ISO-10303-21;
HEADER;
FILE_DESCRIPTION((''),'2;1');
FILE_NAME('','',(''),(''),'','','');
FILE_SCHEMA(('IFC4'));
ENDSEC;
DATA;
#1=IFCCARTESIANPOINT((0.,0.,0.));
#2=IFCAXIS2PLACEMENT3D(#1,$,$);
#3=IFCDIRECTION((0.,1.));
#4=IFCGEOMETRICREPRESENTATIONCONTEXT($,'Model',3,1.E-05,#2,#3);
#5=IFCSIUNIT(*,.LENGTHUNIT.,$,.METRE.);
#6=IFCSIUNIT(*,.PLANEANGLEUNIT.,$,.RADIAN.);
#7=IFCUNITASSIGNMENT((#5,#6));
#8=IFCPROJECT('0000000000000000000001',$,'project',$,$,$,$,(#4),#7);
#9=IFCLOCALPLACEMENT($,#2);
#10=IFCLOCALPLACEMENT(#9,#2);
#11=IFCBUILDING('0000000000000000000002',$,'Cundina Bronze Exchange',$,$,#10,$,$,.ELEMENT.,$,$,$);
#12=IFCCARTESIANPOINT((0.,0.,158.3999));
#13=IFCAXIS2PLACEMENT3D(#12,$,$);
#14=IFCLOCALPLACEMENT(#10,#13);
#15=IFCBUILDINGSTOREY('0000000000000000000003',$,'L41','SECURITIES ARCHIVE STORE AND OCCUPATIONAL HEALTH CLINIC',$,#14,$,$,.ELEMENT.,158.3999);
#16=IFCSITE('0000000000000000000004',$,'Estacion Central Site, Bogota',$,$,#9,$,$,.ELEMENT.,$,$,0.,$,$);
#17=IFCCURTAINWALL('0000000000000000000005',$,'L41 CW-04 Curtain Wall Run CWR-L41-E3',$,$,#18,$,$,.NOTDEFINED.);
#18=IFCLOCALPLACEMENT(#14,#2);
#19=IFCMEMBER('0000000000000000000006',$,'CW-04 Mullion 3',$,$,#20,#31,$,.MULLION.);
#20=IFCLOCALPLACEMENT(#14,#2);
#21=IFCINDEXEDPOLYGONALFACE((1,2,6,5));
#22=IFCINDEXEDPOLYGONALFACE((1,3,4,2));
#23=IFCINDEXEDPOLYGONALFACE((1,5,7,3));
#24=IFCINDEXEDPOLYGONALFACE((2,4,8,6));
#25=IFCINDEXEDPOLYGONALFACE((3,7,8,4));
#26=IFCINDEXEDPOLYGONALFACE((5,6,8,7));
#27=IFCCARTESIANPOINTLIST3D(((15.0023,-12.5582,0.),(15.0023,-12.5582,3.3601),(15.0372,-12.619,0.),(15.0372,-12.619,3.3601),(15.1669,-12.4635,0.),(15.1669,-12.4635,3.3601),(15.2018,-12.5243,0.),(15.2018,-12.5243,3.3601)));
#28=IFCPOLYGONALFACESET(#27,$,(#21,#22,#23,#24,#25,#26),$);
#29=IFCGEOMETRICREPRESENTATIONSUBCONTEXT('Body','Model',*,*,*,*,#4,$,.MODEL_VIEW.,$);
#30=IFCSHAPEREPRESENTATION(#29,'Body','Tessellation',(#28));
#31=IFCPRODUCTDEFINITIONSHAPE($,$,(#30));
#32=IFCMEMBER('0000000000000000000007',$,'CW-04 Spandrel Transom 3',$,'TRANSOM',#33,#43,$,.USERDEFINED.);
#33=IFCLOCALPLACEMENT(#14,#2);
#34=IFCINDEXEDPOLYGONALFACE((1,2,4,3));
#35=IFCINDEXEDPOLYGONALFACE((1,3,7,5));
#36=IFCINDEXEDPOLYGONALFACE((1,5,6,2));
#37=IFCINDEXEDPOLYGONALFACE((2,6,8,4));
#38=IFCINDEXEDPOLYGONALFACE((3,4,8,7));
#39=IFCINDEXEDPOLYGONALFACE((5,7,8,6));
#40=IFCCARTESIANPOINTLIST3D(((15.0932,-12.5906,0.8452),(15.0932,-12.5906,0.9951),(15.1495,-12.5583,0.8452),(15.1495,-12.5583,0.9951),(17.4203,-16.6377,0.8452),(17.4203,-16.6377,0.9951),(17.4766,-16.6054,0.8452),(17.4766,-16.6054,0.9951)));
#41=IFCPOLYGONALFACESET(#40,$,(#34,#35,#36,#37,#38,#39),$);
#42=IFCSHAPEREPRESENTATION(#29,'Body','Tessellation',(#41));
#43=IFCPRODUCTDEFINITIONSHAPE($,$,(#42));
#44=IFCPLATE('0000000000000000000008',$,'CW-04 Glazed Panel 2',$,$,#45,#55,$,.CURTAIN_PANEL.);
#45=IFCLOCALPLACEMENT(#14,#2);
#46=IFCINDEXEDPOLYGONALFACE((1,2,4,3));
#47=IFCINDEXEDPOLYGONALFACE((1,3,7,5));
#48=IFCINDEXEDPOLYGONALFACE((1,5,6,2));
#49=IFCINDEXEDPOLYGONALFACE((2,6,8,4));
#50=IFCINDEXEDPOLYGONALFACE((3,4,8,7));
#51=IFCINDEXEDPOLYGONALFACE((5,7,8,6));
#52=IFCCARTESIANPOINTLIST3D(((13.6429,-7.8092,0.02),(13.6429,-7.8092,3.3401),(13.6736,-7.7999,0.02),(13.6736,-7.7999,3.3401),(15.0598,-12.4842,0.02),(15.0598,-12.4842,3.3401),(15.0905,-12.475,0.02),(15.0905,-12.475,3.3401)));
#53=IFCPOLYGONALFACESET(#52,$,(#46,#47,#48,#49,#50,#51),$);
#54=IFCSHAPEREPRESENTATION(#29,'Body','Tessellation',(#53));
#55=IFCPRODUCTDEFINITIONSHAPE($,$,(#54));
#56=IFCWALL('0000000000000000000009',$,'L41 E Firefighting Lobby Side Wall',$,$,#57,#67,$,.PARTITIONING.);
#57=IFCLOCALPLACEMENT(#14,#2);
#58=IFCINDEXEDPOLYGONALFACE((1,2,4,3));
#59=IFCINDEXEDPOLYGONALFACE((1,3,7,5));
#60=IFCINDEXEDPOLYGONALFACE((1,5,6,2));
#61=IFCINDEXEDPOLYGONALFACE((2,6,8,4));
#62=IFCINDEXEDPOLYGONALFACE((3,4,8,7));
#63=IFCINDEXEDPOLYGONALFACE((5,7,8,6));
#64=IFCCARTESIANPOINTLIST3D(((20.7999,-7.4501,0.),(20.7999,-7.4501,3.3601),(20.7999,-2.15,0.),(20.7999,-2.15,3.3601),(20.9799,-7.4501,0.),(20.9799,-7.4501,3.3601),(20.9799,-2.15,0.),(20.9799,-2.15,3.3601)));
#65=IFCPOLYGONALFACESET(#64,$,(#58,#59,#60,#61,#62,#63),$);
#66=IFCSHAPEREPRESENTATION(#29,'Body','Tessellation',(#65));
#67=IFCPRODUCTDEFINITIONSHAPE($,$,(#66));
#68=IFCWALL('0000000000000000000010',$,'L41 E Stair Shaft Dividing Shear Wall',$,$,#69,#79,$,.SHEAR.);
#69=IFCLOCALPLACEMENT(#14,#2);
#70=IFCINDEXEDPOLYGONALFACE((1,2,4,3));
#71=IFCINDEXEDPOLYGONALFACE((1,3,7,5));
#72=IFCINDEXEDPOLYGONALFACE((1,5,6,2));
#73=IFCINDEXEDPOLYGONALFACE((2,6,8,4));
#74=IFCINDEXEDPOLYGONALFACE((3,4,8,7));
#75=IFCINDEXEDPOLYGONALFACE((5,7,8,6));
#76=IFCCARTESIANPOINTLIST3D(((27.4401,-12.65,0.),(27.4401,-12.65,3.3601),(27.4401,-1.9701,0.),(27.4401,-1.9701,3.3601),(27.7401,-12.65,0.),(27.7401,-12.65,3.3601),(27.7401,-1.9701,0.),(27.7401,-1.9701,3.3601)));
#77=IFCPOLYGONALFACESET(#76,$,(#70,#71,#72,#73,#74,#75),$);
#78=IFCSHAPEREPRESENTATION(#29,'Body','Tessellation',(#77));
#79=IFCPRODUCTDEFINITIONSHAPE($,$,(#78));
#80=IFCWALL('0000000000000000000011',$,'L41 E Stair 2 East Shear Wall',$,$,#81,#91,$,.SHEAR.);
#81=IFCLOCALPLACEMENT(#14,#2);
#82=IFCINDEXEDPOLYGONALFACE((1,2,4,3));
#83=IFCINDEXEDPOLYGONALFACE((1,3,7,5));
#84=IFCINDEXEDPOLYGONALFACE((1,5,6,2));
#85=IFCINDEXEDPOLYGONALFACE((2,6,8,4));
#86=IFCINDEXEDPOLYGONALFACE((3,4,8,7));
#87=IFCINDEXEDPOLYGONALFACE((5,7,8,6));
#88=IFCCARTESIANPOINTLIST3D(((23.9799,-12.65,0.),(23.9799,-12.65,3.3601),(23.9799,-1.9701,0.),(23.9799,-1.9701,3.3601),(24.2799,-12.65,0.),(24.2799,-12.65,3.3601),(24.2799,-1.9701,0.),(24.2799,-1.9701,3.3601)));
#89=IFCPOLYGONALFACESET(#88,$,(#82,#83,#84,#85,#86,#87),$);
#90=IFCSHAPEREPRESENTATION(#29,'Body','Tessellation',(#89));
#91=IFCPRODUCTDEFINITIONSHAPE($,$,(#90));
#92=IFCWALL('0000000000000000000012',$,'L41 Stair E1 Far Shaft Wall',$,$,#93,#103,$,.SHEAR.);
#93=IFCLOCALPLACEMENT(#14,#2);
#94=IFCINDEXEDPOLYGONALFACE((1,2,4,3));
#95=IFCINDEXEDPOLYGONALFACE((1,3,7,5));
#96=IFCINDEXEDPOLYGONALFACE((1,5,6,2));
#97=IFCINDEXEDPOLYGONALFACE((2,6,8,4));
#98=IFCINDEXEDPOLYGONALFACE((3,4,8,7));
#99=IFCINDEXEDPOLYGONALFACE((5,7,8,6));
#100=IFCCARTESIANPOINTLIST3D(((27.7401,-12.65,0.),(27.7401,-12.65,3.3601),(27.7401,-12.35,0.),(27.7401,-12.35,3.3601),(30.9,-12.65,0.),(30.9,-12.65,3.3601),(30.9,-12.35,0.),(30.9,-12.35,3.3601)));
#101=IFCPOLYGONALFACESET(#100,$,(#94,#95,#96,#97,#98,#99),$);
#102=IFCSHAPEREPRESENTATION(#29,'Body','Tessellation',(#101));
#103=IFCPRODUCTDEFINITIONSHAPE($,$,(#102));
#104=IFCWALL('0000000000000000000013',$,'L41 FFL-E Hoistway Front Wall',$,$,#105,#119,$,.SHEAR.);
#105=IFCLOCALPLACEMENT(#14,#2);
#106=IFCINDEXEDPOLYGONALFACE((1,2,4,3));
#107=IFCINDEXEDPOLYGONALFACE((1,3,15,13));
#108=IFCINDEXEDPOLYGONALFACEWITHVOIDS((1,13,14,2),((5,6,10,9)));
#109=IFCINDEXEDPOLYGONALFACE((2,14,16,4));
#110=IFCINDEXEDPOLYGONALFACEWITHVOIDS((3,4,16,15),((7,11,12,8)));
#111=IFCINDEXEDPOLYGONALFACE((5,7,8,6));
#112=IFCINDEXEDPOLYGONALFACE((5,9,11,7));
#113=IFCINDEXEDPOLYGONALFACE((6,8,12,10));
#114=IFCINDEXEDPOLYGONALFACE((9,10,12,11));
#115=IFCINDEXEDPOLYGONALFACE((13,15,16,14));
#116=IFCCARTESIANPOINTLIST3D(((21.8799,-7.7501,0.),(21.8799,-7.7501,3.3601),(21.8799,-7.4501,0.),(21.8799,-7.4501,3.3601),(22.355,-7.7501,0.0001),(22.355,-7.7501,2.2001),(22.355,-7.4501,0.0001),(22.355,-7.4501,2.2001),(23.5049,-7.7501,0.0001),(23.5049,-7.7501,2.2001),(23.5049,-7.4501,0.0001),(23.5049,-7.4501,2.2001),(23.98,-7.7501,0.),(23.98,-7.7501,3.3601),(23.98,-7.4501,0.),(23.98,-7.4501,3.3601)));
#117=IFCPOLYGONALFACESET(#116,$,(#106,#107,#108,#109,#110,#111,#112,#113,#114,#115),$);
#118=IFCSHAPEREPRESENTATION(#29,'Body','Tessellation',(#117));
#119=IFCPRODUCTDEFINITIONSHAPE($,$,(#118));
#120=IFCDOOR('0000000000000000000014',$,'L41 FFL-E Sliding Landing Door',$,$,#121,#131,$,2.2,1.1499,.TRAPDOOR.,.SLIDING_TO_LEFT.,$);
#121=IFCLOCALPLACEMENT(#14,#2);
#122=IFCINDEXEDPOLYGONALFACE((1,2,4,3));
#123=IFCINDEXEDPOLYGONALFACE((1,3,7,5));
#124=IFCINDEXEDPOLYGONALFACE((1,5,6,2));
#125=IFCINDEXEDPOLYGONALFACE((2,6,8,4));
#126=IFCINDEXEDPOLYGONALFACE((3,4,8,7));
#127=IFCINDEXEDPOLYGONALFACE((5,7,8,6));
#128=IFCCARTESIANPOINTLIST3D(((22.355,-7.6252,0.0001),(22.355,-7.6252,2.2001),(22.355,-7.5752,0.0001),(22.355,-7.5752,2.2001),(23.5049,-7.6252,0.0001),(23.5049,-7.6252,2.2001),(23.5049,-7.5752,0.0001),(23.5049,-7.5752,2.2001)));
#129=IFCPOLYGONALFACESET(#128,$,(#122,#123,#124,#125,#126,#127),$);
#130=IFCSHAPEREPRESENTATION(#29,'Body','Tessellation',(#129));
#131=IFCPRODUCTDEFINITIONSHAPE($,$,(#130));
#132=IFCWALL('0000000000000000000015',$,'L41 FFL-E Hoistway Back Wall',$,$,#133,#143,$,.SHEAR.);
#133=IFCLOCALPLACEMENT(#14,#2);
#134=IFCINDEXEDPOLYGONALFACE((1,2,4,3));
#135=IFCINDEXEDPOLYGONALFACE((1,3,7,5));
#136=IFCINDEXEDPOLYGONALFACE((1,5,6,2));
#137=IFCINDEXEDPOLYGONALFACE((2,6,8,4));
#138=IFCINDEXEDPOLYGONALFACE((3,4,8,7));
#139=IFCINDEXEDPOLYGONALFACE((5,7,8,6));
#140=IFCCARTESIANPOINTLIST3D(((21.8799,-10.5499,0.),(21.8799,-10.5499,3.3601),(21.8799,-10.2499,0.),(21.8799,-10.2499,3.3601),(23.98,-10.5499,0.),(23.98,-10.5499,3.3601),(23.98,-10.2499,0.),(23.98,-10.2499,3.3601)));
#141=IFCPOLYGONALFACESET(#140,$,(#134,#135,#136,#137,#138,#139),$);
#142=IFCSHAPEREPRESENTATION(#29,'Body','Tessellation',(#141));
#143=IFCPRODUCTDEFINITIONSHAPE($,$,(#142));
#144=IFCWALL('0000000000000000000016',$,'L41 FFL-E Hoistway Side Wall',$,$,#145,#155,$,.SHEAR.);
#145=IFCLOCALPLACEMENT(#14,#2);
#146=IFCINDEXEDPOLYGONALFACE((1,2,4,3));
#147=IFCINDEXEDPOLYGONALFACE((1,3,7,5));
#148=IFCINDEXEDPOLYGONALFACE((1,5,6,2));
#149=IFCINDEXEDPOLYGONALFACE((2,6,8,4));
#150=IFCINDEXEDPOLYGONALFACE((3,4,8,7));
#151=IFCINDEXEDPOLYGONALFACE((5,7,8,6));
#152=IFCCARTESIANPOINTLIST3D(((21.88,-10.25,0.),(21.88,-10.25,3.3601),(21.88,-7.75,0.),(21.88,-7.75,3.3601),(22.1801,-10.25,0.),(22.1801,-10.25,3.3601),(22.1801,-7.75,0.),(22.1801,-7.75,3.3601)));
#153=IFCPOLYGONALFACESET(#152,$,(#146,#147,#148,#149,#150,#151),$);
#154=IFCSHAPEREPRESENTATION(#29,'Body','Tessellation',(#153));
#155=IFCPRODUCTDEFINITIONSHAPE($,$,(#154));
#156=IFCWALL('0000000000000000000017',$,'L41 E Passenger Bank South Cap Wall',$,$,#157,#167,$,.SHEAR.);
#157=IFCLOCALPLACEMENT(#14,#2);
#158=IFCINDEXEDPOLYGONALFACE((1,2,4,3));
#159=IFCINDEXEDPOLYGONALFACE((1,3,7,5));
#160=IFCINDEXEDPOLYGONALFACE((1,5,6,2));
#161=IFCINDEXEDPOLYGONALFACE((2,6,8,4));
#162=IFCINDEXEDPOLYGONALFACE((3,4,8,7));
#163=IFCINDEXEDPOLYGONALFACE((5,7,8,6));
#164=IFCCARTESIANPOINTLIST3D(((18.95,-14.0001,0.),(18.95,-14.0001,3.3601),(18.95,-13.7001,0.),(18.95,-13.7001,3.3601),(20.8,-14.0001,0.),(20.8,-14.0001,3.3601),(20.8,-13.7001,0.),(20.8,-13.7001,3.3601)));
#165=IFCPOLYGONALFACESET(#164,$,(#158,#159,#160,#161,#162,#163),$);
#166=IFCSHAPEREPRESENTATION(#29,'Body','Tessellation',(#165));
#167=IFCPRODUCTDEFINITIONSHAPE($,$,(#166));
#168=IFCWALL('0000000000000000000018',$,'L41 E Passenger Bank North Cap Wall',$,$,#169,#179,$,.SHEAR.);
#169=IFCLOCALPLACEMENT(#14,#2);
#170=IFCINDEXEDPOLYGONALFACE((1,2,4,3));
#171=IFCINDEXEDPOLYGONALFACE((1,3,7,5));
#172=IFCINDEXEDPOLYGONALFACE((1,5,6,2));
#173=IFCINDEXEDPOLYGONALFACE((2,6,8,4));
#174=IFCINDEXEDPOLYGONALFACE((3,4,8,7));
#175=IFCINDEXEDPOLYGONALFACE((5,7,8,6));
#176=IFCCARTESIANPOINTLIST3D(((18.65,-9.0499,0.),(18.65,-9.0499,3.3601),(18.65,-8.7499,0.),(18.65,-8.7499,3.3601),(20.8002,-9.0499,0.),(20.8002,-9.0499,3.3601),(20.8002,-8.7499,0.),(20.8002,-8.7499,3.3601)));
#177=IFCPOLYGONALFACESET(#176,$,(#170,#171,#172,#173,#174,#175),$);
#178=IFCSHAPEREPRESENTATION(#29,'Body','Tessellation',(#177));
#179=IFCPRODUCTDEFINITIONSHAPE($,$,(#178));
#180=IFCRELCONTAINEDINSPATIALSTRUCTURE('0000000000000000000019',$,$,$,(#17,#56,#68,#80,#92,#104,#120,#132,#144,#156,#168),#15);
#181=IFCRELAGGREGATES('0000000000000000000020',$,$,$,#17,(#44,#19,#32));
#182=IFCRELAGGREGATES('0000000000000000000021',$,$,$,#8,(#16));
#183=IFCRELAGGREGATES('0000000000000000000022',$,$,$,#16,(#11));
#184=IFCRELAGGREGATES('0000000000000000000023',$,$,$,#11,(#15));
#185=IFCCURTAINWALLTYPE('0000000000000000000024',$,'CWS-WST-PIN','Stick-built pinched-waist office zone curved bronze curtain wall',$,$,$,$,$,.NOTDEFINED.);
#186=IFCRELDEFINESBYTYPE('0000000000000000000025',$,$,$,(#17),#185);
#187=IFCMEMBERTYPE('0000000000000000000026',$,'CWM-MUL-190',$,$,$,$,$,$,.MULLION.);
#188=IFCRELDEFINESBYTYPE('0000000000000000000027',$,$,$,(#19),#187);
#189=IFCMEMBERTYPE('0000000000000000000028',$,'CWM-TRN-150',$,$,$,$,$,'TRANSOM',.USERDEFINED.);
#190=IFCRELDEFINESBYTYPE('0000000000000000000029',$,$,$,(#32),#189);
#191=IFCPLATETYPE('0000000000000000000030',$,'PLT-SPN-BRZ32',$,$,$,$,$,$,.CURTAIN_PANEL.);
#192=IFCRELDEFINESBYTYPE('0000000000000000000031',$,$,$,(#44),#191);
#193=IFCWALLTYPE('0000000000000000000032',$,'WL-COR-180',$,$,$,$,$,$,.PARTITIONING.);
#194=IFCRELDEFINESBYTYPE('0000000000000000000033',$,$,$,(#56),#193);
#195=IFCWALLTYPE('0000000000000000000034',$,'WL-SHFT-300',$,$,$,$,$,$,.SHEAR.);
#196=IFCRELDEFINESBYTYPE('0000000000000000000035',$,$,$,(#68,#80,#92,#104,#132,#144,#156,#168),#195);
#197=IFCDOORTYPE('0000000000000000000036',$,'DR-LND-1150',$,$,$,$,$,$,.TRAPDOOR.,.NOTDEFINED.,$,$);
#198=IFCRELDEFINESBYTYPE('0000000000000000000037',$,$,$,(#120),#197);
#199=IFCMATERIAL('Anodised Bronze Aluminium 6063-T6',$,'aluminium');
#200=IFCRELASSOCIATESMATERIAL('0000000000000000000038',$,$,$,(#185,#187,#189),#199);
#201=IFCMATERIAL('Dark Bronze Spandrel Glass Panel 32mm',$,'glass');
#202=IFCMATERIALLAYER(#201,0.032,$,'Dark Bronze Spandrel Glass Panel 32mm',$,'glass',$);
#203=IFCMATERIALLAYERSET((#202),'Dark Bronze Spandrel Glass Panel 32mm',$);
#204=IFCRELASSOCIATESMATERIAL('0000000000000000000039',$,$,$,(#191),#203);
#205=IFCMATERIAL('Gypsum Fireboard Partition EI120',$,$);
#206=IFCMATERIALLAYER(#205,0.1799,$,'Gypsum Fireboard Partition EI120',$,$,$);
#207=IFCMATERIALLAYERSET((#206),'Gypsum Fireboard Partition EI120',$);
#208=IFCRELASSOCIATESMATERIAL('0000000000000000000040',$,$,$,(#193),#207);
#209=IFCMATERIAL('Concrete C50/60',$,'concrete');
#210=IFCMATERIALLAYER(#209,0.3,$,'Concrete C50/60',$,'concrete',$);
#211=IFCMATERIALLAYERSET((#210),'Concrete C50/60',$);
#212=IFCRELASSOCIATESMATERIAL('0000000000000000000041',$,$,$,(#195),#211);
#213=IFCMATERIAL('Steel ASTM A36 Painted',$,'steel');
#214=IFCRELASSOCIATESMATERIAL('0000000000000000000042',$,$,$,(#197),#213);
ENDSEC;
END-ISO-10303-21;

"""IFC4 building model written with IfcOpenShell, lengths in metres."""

from ifc_helpers import new_model, si_unit, direction, frame, frame_2d, origin, origin_2d, place, context, subcontext, project, spatial, rectangle, extrude, material, layer, layer_set, material_profile, profile_set, type_object, element, fill, aggregate, save


model = new_model("IFC4")

# Units and contexts
model_context = context("Model", 3, precision=1e-05, world=origin(), true_north=direction((0.0, 1.0)))
body_context = subcontext(model_context, "Body", "Model", "MODEL_VIEW")
ifc_project = project(units=[si_unit("LENGTHUNIT", "METRE"), si_unit("PLANEANGLEUNIT", "RADIAN")], contexts=[model_context])

# Site, building, storey
site_placement = place(None, origin())
site = spatial("IfcSite", under=ifc_project, at=site_placement, Name="Estacion Central Site, Bogota", CompositionType="ELEMENT", RefElevation=0.0)
building_placement = place(site_placement, origin())
building = spatial("IfcBuilding", under=site, at=building_placement, Name="Cundina Bronze Exchange", CompositionType="ELEMENT")
storey_placement = place(building_placement, frame((0.0, 0.0, 158.3999)))
storey = spatial("IfcBuildingStorey", under=building, at=storey_placement, Name="L41", Description="SECURITIES ARCHIVE STORE AND OCCUPATIONAL HEALTH CLINIC", CompositionType="ELEMENT", Elevation=158.3999)

# Shared definitions
ifc_material_1 = material(Name="Concrete C50/60", Category="concrete")

# Curtain wall, members, plate
ifc_material_2 = material(Name="Anodised Bronze Aluminium 6063-T6", Category="aluminium")
curtain_wall_type = type_object("IfcCurtainWallType", Name="CWS-WST-PIN", Description="Stick-built pinched-waist office zone curved bronze curtain wall", PredefinedType="NOTDEFINED", material=ifc_material_2)
curtain_wall_placement = place(storey_placement, origin())
curtain_wall = element("IfcCurtainWall", 1, at=curtain_wall_placement, inside=storey, type_object=curtain_wall_type, Name="L41 CW-04 Curtain Wall Run CWR-L41-E3", PredefinedType="NOTDEFINED")
ifc_material_profile_1 = material_profile(ifc_material_2, rectangle(XDim=0.0701, YDim=0.1899, at=origin_2d()), Name="AL70X190", Category="aluminium")
ifc_profile_set_1 = profile_set([ifc_material_profile_1], Name="Anodised Bronze Aluminium 6063-T6")
member_type_1 = type_object("IfcMemberType", Name="CWM-MUL-190", PredefinedType="MULLION", material=ifc_profile_set_1)
member_1_placement = place(storey_placement, frame((15.1021, -12.5413, 0.0), z_axis=(0.0, 0.0, 1.0), x_axis=(0.498488, -0.866897, 0.0)))
member_1 = element("IfcMember", 2, at=member_1_placement, type_object=member_type_1, Name="CW-04 Mullion 3", PredefinedType="MULLION", context=body_context, shape_type="SweptSolid", body=[
    extrude(rectangle(XDim=0.0701, YDim=0.1899, at=origin_2d()), origin(), (0.0, 0.0, 1.0), 3.3601),
])
ifc_material_profile_2 = material_profile(ifc_material_2, rectangle(XDim=0.0649, YDim=0.1499, at=origin_2d()), Name="AL65X150", Category="aluminium")
ifc_profile_set_2 = profile_set([ifc_material_profile_2], Name="Anodised Bronze Aluminium 6063-T6")
member_type_2 = type_object("IfcMemberType", Name="CWM-TRN-150", ElementType="TRANSOM", PredefinedType="USERDEFINED", material=ifc_profile_set_2)
member_2_placement = place(storey_placement, frame((15.1213, -12.5745, 0.9202), z_axis=(0.49848, -0.866901, 0.0), x_axis=(0.866901, 0.49848, 0.0)))
member_2 = element("IfcMember", 3, at=member_2_placement, type_object=member_type_2, Name="CW-04 Spandrel Transom 3", ObjectType="TRANSOM", PredefinedType="USERDEFINED", context=body_context, shape_type="SweptSolid", body=[
    extrude(rectangle(XDim=0.0649, YDim=0.1499, at=origin_2d()), origin(), (0.0, 0.0, 1.0), 4.6685),
])
ifc_material_3 = material(Name="Dark Bronze Spandrel Glass Panel 32mm", Category="glass")
ifc_layer_1 = layer(ifc_material_3, 0.032, Name="Dark Bronze Spandrel Glass Panel 32mm", Category="glass")
ifc_layer_set_1 = layer_set([ifc_layer_1], Name="Dark Bronze Spandrel Glass Panel 32mm")
plate_type = type_object("IfcPlateType", Name="PLT-SPN-BRZ32", PredefinedType="CURTAIN_PANEL", material=ifc_layer_set_1)
plate_placement = place(storey_placement, frame((14.3667, -10.1421, 0.02), z_axis=(0.0, 0.0, 1.0), x_axis=(0.290051, -0.957011, 0.0)))
plate = element("IfcPlate", 4, at=plate_placement, type_object=plate_type, Name="CW-04 Glazed Panel 2", PredefinedType="CURTAIN_PANEL", context=body_context, shape_type="SweptSolid", body=[
    extrude(rectangle(XDim=4.885, YDim=0.032, at=origin_2d()), origin(), (0.0, 0.0, 1.0), 3.3201),
])
aggregate(curtain_wall, [plate, member_1, member_2])

# Walls
ifc_material_4 = material(Name="Gypsum Fireboard Partition EI120")
ifc_layer_2 = layer(ifc_material_4, 0.1799, Name="Gypsum Fireboard Partition EI120")
ifc_layer_set_2 = layer_set([ifc_layer_2], Name="Gypsum Fireboard Partition EI120")
wall_type_1 = type_object("IfcWallType", Name="WL-COR-180", PredefinedType="PARTITIONING", material=ifc_layer_set_2)
wall_1_placement = place(storey_placement, frame((20.8899, -7.45, 0.0), z_axis=(0.0, 0.0, 1.0), x_axis=(0.0, 1.0, 0.0)))
element("IfcWall", 5, at=wall_1_placement, inside=storey, type_object=wall_type_1, Name="L41 E Firefighting Lobby Side Wall", PredefinedType="PARTITIONING", context=body_context, shape_type="SweptSolid", body=[
    extrude(rectangle(XDim=5.3, YDim=0.1799, at=frame_2d((2.6499, 0.0))), origin(), (0.0, 0.0, 1.0), 3.3601),
])
ifc_layer_3 = layer(ifc_material_1, 0.3, Name="Concrete C50/60", Category="concrete")
ifc_layer_set_3 = layer_set([ifc_layer_3], Name="Concrete C50/60")
wall_type_2 = type_object("IfcWallType", Name="WL-SHFT-300", PredefinedType="SHEAR", material=ifc_layer_set_3)
for number, where, z_axis, x_axis, name in (
    (6, (27.5901, -12.6499, 0.0), (0.0, 0.0, 1.0), (0.0, 1.0, 0.0), "L41 E Stair Shaft Dividing Shear Wall"),
    (7, (24.1299, -12.6499, 0.0), (0.0, 0.0, 1.0), (0.0, 1.0, 0.0), "L41 E Stair 2 East Shear Wall"),
):
    element("IfcWall", number, at=place(storey_placement, frame(where, z_axis=z_axis, x_axis=x_axis)), inside=storey, type_object=wall_type_2, Name=name, PredefinedType="SHEAR", context=body_context, shape_type="SweptSolid", body=[
        extrude(rectangle(XDim=10.6799, YDim=0.3, at=frame_2d((5.3398, 0.0))), origin(), (0.0, 0.0, 1.0), 3.3601),
    ])
wall_2_placement = place(storey_placement, frame((27.74, -12.5, 0.0), z_axis=(0.0, 0.0, 1.0), x_axis=(1.0, 0.0, 0.0)))
element("IfcWall", 8, at=wall_2_placement, inside=storey, type_object=wall_type_2, Name="L41 Stair E1 Far Shaft Wall", PredefinedType="SHEAR", context=body_context, shape_type="SweptSolid", body=[
    extrude(rectangle(XDim=3.1599, YDim=0.3, at=frame_2d((1.5801, 0.0))), origin(), (0.0, 0.0, 1.0), 3.3601),
])

# Wall, opening, door
ifc_material_5 = material(Name="Steel ASTM A36 Painted", Category="steel")
wall_3_placement = place(storey_placement, frame((21.8799, -7.6001, 0.0), z_axis=(0.0, 0.0, 1.0), x_axis=(1.0, 0.0, 0.0)))
wall_3 = element("IfcWall", 9, at=wall_3_placement, inside=storey, type_object=wall_type_2, Name="L41 FFL-E Hoistway Front Wall", PredefinedType="SHEAR", context=body_context, shape_type="SweptSolid", body=[
    extrude(rectangle(XDim=2.1001, YDim=0.3, at=frame_2d((1.05, 0.0))), origin(), (0.0, 0.0, 1.0), 3.3601),
])
opening_1_placement = place(wall_3_placement, frame((0.4751, 0.0, 0.0)))
opening_1 = element("IfcOpeningElement", 10, at=opening_1_placement, cuts=wall_3, PredefinedType="OPENING", context=body_context, shape_type="SweptSolid", body=[
    extrude(rectangle(XDim=1.1499, YDim=2.2, at=frame_2d((0.575, 1.1001))), frame((0.0, 0.1599, 0.0), z_axis=(0.0, -1.0, 0.0), x_axis=(1.0, 0.0, 0.0)), (0.0, 0.0, 1.0), 0.3201),
])
door_type_1 = type_object("IfcDoorType", Name="DR-LND-1150", OperationType="NOTDEFINED", PredefinedType="TRAPDOOR", material=ifc_material_5)
door_1_placement = place(opening_1_placement, origin())
door_1 = element("IfcDoor", 11, at=door_1_placement, inside=storey, type_object=door_type_1, Name="L41 FFL-E Sliding Landing Door", OperationType="SLIDING_TO_LEFT", OverallHeight=2.2, OverallWidth=1.1499, PredefinedType="TRAPDOOR", context=body_context, shape_type="SweptSolid", body=[
    extrude(rectangle(XDim=1.1499, YDim=2.2, at=frame_2d((0.575, 1.1001))), frame((0.0, 0.0249, 0.0), z_axis=(0.0, -1.0, 0.0), x_axis=(1.0, 0.0, 0.0)), (0.0, 0.0, 1.0), 0.05),
])
fill(opening_1, door_1)

# Walls
wall_4_placement = place(storey_placement, frame((21.8799, -10.3999, 0.0), z_axis=(0.0, 0.0, 1.0), x_axis=(1.0, 0.0, 0.0)))
element("IfcWall", 12, at=wall_4_placement, inside=storey, type_object=wall_type_2, Name="L41 FFL-E Hoistway Back Wall", PredefinedType="SHEAR", context=body_context, shape_type="SweptSolid", body=[
    extrude(rectangle(XDim=2.1001, YDim=0.3, at=frame_2d((1.05, 0.0))), origin(), (0.0, 0.0, 1.0), 3.3601),
])
wall_5_placement = place(storey_placement, frame((22.03, -10.25, 0.0), z_axis=(0.0, 0.0, 1.0), x_axis=(0.0, 1.0, 0.0)))
element("IfcWall", 13, at=wall_5_placement, inside=storey, type_object=wall_type_2, Name="L41 FFL-E Hoistway Side Wall", PredefinedType="SHEAR", context=body_context, shape_type="SweptSolid", body=[
    extrude(rectangle(XDim=2.5, YDim=0.3, at=frame_2d((1.25, 0.0))), origin(), (0.0, 0.0, 1.0), 3.3601),
])
wall_6_placement = place(storey_placement, frame((18.95, -13.8501, 0.0), z_axis=(0.0, 0.0, 1.0), x_axis=(1.0, 0.0, 0.0)))
element("IfcWall", 14, at=wall_6_placement, inside=storey, type_object=wall_type_2, Name="L41 E Passenger Bank South Cap Wall", PredefinedType="SHEAR", context=body_context, shape_type="SweptSolid", body=[
    extrude(rectangle(XDim=1.8501, YDim=0.3, at=frame_2d((0.925, 0.0))), origin(), (0.0, 0.0, 1.0), 3.3601),
])
wall_7_placement = place(storey_placement, frame((18.6499, -8.8999, 0.0), z_axis=(0.0, 0.0, 1.0), x_axis=(1.0, 0.0, 0.0)))
element("IfcWall", 15, at=wall_7_placement, inside=storey, type_object=wall_type_2, Name="L41 E Passenger Bank North Cap Wall", PredefinedType="SHEAR", context=body_context, shape_type="SweptSolid", body=[
    extrude(rectangle(XDim=2.1501, YDim=0.3, at=frame_2d((1.0752, 0.0))), origin(), (0.0, 0.0, 1.0), 3.3601),
])

save(model, "model.ifc")
